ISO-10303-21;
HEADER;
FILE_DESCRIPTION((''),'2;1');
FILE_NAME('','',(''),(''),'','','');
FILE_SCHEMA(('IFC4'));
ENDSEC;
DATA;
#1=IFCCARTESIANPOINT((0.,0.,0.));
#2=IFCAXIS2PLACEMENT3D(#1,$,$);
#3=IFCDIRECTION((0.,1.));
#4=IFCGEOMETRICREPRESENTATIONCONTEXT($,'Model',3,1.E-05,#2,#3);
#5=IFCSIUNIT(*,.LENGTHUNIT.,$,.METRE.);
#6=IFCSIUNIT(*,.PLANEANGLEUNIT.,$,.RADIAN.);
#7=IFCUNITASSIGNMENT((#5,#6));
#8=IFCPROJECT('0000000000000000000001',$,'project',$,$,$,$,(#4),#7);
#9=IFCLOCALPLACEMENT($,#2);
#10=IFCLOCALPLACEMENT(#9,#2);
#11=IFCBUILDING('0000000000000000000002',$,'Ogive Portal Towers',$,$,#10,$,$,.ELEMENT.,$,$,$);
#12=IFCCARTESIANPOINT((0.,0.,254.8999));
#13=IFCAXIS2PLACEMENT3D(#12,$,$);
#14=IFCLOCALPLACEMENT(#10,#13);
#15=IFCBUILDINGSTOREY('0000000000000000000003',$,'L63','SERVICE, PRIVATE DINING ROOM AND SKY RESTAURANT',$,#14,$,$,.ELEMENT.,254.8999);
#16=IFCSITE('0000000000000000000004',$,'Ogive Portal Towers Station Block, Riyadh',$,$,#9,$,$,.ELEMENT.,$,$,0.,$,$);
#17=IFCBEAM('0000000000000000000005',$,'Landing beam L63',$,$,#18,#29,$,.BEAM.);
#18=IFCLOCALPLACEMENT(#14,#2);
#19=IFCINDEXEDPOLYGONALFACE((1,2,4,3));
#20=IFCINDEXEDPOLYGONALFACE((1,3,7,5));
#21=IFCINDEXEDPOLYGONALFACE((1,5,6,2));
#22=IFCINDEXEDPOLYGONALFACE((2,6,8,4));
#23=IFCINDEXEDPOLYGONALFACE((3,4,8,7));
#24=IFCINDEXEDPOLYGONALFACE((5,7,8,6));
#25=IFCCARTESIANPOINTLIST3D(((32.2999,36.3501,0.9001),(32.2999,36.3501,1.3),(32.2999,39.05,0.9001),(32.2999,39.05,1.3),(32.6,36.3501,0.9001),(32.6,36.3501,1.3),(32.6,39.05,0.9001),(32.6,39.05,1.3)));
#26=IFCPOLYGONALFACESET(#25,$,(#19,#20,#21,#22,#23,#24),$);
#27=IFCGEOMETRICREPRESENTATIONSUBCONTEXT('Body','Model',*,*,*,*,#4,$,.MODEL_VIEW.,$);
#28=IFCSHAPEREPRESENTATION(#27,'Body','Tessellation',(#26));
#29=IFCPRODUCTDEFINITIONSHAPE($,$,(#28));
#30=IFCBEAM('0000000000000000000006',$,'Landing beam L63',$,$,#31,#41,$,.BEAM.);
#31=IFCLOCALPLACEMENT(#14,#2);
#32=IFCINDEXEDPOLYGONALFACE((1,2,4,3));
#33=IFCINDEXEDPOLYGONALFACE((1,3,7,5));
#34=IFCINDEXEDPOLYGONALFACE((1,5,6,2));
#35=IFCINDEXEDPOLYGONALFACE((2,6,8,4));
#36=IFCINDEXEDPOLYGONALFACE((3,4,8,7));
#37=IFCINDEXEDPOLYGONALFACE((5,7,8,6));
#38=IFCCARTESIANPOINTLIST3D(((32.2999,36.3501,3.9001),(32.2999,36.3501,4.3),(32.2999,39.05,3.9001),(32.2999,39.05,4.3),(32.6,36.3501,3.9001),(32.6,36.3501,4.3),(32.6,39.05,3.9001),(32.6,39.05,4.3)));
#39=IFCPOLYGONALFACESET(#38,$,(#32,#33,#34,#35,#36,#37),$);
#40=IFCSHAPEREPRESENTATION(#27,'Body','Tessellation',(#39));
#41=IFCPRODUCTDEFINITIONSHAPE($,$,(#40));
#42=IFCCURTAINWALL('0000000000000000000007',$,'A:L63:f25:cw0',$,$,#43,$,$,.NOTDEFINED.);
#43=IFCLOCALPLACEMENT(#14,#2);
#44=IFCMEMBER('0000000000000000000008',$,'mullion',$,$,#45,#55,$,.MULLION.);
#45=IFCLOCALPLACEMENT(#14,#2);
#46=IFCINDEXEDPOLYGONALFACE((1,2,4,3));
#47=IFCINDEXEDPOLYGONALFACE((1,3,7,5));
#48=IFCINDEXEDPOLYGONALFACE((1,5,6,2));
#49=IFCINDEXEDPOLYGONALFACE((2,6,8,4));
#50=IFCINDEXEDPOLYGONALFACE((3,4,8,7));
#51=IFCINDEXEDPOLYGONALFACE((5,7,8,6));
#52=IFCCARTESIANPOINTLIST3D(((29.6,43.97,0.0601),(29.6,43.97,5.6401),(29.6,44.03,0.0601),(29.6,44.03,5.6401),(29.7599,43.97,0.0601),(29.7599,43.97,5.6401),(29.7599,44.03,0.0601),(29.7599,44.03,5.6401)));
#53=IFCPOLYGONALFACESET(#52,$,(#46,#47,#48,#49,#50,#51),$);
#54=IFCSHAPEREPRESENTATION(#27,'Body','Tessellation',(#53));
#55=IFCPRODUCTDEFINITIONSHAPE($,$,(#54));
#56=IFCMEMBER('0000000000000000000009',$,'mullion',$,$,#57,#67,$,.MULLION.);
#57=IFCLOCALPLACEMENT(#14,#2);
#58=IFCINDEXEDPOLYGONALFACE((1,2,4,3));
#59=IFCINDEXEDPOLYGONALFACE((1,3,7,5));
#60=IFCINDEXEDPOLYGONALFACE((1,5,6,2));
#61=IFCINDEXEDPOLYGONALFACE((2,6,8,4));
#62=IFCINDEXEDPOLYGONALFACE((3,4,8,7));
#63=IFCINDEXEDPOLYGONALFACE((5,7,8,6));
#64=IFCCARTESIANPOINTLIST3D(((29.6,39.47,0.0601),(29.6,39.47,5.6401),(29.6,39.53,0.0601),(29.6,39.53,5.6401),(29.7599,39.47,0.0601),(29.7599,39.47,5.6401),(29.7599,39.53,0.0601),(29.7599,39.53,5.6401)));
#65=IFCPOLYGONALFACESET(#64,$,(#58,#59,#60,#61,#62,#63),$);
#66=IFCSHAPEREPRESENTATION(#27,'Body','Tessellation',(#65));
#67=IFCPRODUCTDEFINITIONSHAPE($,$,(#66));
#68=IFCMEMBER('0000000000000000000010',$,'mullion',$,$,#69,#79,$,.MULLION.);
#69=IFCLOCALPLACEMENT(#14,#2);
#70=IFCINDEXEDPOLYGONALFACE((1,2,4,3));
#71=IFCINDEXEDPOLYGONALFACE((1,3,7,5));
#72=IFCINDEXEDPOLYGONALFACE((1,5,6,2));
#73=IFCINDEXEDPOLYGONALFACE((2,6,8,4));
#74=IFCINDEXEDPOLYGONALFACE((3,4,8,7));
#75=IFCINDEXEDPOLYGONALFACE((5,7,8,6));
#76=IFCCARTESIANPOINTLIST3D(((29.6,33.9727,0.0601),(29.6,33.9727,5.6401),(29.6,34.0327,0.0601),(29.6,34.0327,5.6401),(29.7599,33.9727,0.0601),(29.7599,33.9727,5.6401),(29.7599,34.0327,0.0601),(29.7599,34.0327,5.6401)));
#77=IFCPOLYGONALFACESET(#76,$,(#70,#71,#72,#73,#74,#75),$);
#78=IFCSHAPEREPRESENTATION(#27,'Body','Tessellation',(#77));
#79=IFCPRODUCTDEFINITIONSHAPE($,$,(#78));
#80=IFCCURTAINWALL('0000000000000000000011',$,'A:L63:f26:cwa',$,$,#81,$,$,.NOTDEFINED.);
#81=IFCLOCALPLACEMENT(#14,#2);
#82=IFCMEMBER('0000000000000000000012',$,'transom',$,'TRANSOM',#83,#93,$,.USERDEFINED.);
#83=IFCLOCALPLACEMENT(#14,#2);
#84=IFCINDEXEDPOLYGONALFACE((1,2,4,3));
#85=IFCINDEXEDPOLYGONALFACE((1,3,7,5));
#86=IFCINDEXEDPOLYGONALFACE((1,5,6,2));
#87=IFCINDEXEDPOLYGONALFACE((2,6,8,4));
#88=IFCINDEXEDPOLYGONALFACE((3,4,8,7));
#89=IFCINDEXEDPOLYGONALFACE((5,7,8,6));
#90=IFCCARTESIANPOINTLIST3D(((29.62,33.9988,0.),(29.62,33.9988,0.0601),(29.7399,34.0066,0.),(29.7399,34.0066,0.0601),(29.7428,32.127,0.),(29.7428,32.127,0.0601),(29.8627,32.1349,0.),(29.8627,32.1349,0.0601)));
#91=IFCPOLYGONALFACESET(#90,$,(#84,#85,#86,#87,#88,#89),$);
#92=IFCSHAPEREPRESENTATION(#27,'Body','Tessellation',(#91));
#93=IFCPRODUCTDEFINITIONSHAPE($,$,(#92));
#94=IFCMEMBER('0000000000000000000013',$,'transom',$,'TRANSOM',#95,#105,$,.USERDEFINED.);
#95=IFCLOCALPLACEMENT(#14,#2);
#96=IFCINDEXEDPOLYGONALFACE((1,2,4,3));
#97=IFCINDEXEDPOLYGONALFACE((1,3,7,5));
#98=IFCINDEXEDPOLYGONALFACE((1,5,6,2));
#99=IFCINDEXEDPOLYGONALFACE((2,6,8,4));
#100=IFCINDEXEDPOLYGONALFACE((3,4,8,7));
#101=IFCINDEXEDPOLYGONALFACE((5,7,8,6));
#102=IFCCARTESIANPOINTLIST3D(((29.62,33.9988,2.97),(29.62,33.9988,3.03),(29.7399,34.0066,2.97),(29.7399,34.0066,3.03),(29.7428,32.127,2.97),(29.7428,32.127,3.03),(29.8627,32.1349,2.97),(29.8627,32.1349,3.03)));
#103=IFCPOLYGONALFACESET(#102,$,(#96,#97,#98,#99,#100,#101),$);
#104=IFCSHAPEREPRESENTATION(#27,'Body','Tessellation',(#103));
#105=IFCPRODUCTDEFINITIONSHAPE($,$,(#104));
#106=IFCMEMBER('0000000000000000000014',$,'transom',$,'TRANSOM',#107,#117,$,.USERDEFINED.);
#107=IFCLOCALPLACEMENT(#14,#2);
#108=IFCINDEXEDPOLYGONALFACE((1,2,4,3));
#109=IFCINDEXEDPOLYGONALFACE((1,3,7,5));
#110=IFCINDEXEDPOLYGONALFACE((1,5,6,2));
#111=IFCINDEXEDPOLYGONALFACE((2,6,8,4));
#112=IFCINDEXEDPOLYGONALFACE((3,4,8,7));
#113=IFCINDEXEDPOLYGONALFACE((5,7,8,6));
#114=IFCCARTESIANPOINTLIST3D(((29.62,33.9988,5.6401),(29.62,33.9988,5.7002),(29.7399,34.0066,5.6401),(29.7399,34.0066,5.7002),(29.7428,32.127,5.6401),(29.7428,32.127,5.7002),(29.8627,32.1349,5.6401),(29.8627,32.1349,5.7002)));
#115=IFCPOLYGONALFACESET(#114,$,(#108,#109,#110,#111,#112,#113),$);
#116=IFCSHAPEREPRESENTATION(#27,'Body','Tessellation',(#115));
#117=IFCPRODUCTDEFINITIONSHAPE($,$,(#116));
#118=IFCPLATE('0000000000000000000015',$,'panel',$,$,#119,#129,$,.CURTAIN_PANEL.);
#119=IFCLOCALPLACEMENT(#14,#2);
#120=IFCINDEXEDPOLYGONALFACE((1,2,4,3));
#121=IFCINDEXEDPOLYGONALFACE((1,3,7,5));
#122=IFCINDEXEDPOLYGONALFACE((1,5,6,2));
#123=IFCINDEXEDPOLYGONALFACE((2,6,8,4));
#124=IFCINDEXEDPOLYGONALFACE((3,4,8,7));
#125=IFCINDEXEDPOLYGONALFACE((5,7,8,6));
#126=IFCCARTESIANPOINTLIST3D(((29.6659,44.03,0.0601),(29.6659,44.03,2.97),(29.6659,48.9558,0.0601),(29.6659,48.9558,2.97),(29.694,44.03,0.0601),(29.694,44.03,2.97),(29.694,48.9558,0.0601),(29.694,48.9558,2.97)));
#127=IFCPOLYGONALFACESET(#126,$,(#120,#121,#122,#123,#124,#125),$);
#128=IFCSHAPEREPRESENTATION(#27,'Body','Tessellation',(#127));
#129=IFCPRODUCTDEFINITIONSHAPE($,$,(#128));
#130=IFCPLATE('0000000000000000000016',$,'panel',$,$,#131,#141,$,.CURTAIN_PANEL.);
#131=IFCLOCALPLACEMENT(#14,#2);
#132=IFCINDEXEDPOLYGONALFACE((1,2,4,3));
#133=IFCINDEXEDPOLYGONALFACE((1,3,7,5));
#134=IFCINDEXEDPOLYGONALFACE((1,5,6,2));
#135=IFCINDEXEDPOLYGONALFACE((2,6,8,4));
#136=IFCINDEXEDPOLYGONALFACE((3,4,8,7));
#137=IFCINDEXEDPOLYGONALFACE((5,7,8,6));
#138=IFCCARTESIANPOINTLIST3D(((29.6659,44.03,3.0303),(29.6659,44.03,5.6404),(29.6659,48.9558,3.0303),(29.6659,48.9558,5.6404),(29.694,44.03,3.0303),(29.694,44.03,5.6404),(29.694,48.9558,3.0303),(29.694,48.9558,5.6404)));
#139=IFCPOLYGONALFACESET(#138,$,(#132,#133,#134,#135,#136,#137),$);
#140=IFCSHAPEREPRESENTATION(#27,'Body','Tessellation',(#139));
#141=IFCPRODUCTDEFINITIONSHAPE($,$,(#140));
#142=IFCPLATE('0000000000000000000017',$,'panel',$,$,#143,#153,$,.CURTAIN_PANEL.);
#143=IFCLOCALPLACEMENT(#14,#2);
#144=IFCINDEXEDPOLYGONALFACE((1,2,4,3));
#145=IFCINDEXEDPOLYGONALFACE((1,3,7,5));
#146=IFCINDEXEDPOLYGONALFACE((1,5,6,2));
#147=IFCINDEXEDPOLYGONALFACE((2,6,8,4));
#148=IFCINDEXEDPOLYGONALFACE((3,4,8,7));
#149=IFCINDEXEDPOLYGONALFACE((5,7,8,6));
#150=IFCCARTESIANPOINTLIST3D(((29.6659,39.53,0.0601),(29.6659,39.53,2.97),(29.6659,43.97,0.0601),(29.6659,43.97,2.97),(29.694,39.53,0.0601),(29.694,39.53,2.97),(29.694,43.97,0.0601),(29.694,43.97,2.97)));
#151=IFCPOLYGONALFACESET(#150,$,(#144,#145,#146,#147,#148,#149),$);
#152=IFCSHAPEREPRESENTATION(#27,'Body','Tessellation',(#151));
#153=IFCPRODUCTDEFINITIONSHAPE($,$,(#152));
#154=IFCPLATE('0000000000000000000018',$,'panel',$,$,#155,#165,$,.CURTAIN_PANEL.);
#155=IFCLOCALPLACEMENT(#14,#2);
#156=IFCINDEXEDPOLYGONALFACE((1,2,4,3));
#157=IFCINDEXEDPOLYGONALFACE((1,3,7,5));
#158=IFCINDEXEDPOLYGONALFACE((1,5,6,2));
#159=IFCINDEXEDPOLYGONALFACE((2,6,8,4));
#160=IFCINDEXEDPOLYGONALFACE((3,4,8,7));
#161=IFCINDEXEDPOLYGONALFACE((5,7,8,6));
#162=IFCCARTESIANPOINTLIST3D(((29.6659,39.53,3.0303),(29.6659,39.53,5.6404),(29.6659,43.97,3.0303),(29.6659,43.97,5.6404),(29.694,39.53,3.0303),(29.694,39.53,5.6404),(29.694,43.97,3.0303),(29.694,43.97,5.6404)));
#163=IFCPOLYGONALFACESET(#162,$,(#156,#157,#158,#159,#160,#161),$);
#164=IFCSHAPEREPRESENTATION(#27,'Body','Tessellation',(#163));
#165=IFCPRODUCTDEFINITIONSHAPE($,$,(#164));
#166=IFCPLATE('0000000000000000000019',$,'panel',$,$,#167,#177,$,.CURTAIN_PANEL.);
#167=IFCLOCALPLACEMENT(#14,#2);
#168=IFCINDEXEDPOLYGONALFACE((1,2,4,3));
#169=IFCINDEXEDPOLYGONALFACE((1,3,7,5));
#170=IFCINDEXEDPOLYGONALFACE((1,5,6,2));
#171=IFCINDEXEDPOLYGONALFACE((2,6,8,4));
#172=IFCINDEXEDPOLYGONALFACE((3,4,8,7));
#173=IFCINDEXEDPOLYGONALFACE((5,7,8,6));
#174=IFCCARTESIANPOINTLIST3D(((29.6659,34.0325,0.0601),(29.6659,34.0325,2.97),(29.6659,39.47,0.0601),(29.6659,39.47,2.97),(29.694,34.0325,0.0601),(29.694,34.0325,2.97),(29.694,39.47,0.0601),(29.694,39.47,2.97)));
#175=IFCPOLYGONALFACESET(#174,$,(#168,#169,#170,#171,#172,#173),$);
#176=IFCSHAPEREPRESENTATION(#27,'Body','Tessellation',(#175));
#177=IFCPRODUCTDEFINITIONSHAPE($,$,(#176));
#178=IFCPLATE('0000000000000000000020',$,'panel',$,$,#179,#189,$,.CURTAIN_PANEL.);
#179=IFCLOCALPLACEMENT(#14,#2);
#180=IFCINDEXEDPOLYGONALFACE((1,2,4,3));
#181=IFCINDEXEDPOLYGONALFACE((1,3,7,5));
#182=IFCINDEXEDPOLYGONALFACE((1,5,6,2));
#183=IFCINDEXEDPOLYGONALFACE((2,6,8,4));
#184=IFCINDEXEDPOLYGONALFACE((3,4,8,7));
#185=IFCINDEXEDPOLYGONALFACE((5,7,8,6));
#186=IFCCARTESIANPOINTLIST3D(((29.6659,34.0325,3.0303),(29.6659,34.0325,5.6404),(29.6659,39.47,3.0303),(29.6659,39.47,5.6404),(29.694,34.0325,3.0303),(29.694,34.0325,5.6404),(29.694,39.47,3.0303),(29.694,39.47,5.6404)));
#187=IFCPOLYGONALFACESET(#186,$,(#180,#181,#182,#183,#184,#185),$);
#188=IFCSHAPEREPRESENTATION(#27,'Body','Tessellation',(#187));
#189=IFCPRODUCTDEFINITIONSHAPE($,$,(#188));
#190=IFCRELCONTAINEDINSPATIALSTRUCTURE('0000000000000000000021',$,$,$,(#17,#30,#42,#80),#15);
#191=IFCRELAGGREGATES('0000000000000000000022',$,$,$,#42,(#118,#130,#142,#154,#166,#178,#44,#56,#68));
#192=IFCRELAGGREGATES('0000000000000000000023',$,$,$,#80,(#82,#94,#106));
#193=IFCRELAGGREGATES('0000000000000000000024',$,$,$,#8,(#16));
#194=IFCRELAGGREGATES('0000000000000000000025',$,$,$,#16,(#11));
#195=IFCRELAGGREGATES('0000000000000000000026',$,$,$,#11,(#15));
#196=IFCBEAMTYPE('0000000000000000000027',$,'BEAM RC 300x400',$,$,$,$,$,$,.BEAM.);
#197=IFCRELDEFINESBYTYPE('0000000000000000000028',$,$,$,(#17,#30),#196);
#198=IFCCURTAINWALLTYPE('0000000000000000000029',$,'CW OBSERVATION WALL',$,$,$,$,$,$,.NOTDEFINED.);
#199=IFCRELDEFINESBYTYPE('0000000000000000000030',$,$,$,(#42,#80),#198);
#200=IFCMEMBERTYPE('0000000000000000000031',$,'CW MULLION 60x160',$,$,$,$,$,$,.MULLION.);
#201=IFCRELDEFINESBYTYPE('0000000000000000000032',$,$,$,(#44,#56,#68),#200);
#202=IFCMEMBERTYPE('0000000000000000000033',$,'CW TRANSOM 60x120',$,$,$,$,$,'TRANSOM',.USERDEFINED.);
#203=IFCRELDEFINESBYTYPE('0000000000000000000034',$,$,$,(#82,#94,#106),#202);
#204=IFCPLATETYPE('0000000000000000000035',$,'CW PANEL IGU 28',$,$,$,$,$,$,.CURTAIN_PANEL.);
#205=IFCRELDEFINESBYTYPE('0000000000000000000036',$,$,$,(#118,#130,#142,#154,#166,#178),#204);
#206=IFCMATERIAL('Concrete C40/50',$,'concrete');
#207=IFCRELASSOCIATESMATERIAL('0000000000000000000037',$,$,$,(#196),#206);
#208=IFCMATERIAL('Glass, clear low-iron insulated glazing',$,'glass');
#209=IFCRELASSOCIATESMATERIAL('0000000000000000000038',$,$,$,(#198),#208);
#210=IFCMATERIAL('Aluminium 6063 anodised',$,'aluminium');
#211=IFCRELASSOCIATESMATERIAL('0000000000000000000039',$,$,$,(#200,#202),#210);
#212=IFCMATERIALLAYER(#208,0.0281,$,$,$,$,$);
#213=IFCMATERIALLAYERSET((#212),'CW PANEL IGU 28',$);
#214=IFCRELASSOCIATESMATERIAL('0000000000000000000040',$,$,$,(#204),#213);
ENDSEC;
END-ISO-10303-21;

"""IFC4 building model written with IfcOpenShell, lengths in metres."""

from ifc_helpers import new_model, si_unit, direction, frame, origin, origin_2d, place, context, subcontext, project, spatial, rectangle, extrude, material, layer, layer_set, material_profile, profile_set, type_object, element, aggregate, save


model = new_model("IFC4")

# Units and contexts
model_context = context("Model", 3, precision=1e-05, world=origin(), true_north=direction((0.0, 1.0)))
body_context = subcontext(model_context, "Body", "Model", "MODEL_VIEW")
ifc_project = project(units=[si_unit("LENGTHUNIT", "METRE"), si_unit("PLANEANGLEUNIT", "RADIAN")], contexts=[model_context])

# Site, building, storey
site_placement = place(None, origin())
site = spatial("IfcSite", under=ifc_project, at=site_placement, Name="Ogive Portal Towers Station Block, Riyadh", CompositionType="ELEMENT", RefElevation=0.0)
building_placement = place(site_placement, origin())
building = spatial("IfcBuilding", under=site, at=building_placement, Name="Ogive Portal Towers", CompositionType="ELEMENT")
storey_placement = place(building_placement, frame((0.0, 0.0, 254.8999)))
storey = spatial("IfcBuildingStorey", under=building, at=storey_placement, Name="L63", Description="SERVICE, PRIVATE DINING ROOM AND SKY RESTAURANT", CompositionType="ELEMENT", Elevation=254.8999)

# Beams
ifc_material_1 = material(Name="Concrete C40/50", Category="concrete")
ifc_material_profile_1 = material_profile(ifc_material_1, rectangle(XDim=0.3, YDim=0.3999, at=origin_2d()), Name="RC 300x400")
ifc_profile_set_1 = profile_set([ifc_material_profile_1], Name="Concrete C40/50")
beam_type = type_object("IfcBeamType", Name="BEAM RC 300x400", PredefinedType="BEAM", material=ifc_profile_set_1)
for number, where, z_axis, x_axis, name in (
    (1, (32.45, 36.3501, 1.1001), (0.0, 1.0, 0.0), (-1.0, 0.0, 0.0), "Landing beam L63"),
    (2, (32.45, 36.3501, 4.1001), (0.0, 1.0, 0.0), (-1.0, 0.0, 0.0), "Landing beam L63"),
):
    element("IfcBeam", number, at=place(storey_placement, frame(where, z_axis=z_axis, x_axis=x_axis)), inside=storey, type_object=beam_type, Name=name, PredefinedType="BEAM", context=body_context, shape_type="SweptSolid", body=[
        extrude(rectangle(XDim=0.3, YDim=0.3999, at=origin_2d()), origin(), (0.0, 0.0, 1.0), 2.7),
    ])

# Curtain walls, members
ifc_material_2 = material(Name="Glass, clear low-iron insulated glazing", Category="glass")
curtain_wall_type = type_object("IfcCurtainWallType", Name="CW OBSERVATION WALL", PredefinedType="NOTDEFINED", material=ifc_material_2)
curtain_wall_1_placement = place(storey_placement, origin())
curtain_wall_1 = element("IfcCurtainWall", 3, at=curtain_wall_1_placement, inside=storey, type_object=curtain_wall_type, Name="A:L63:f25:cw0", PredefinedType="NOTDEFINED")
ifc_material_3 = material(Name="Aluminium 6063 anodised", Category="aluminium")
ifc_material_profile_2 = material_profile(ifc_material_3, rectangle(XDim=0.1599, YDim=0.0601, at=origin_2d()), Name="AL 60x160")
ifc_profile_set_2 = profile_set([ifc_material_profile_2], Name="Aluminium 6063 anodised")
member_type_1 = type_object("IfcMemberType", Name="CW MULLION 60x160", PredefinedType="MULLION", material=ifc_profile_set_2)
member_1_placement = place(storey_placement, frame((29.6799, 44.0, 0.0601), z_axis=(0.0, 0.0, 1.0), x_axis=(1.0, 0.0, 0.0)))
member_1 = element("IfcMember", 4, at=member_1_placement, type_object=member_type_1, Name="mullion", PredefinedType="MULLION", context=body_context, shape_type="SweptSolid", body=[
    extrude(rectangle(XDim=0.1599, YDim=0.0601, at=origin_2d()), origin(), (0.0, 0.0, 1.0), 5.5801),
])
member_2_placement = place(storey_placement, frame((29.6799, 39.5, 0.0601), z_axis=(0.0, 0.0, 1.0), x_axis=(1.0, 0.0, 0.0)))
member_2 = element("IfcMember", 5, at=member_2_placement, type_object=member_type_1, Name="mullion", PredefinedType="MULLION", context=body_context, shape_type="SweptSolid", body=[
    extrude(rectangle(XDim=0.1599, YDim=0.0601, at=origin_2d()), origin(), (0.0, 0.0, 1.0), 5.5801),
])
member_3_placement = place(storey_placement, frame((29.6799, 34.0027, 0.0601), z_axis=(0.0, 0.0, 1.0), x_axis=(1.0, 0.0, 0.0)))
member_3 = element("IfcMember", 6, at=member_3_placement, type_object=member_type_1, Name="mullion", PredefinedType="MULLION", context=body_context, shape_type="SweptSolid", body=[
    extrude(rectangle(XDim=0.1599, YDim=0.0601, at=origin_2d()), origin(), (0.0, 0.0, 1.0), 5.5801),
])
curtain_wall_2_placement = place(storey_placement, origin())
curtain_wall_2 = element("IfcCurtainWall", 7, at=curtain_wall_2_placement, inside=storey, type_object=curtain_wall_type, Name="A:L63:f26:cwa", PredefinedType="NOTDEFINED")
ifc_material_profile_3 = material_profile(ifc_material_3, rectangle(XDim=0.1201, YDim=0.0601, at=origin_2d()), Name="AL 120x60")
ifc_profile_set_3 = profile_set([ifc_material_profile_3], Name="Aluminium 6063 anodised")
member_type_2 = type_object("IfcMemberType", Name="CW TRANSOM 60x120", ElementType="TRANSOM", PredefinedType="USERDEFINED", material=ifc_profile_set_3)
member_4_placement = place(storey_placement, frame((29.6799, 34.0027, 0.03), z_axis=(0.065465, -0.997855, 0.0), x_axis=(0.997855, 0.065465, 0.0)))
member_4 = element("IfcMember", 8, at=member_4_placement, type_object=member_type_2, Name="transom", ObjectType="TRANSOM", PredefinedType="USERDEFINED", context=body_context, shape_type="SweptSolid", body=[
    extrude(rectangle(XDim=0.1201, YDim=0.0601, at=origin_2d()), origin(), (0.0, 0.0, 1.0), 1.8757),
])
member_5_placement = place(storey_placement, frame((29.6799, 34.0027, 3.0), z_axis=(0.065465, -0.997855, 0.0), x_axis=(0.997855, 0.065465, 0.0)))
member_5 = element("IfcMember", 9, at=member_5_placement, type_object=member_type_2, Name="transom", ObjectType="TRANSOM", PredefinedType="USERDEFINED", context=body_context, shape_type="SweptSolid", body=[
    extrude(rectangle(XDim=0.1201, YDim=0.0601, at=origin_2d()), origin(), (0.0, 0.0, 1.0), 1.8757),
])
member_6_placement = place(storey_placement, frame((29.6799, 34.0027, 5.6702), z_axis=(0.065465, -0.997855, 0.0), x_axis=(0.997855, 0.065465, 0.0)))
member_6 = element("IfcMember", 10, at=member_6_placement, type_object=member_type_2, Name="transom", ObjectType="TRANSOM", PredefinedType="USERDEFINED", context=body_context, shape_type="SweptSolid", body=[
    extrude(rectangle(XDim=0.1201, YDim=0.0601, at=origin_2d()), origin(), (0.0, 0.0, 1.0), 1.8757),
])

# Plates
ifc_layer_1 = layer(ifc_material_2, 0.0281)
ifc_layer_set_1 = layer_set([ifc_layer_1], Name="CW PANEL IGU 28")
plate_type = type_object("IfcPlateType", Name="CW PANEL IGU 28", PredefinedType="CURTAIN_PANEL", material=ifc_layer_set_1)
plate_1_placement = place(storey_placement, frame((29.6799, 46.4929, 0.0601), z_axis=(0.0, 0.0, 1.0), x_axis=(0.0, -1.0, 0.0)))
plate_1 = element("IfcPlate", 11, at=plate_1_placement, type_object=plate_type, Name="panel", PredefinedType="CURTAIN_PANEL", context=body_context, shape_type="SweptSolid", body=[
    extrude(rectangle(XDim=4.9258, YDim=0.0281, at=origin_2d()), origin(), (0.0, 0.0, 1.0), 2.9099),
])
plate_2_placement = place(storey_placement, frame((29.6799, 46.4929, 3.0303), z_axis=(0.0, 0.0, 1.0), x_axis=(0.0, -1.0, 0.0)))
plate_2 = element("IfcPlate", 12, at=plate_2_placement, type_object=plate_type, Name="panel", PredefinedType="CURTAIN_PANEL", context=body_context, shape_type="SweptSolid", body=[
    extrude(rectangle(XDim=4.9258, YDim=0.0281, at=origin_2d()), origin(), (0.0, 0.0, 1.0), 2.6101),
])
plate_3_placement = place(storey_placement, frame((29.6799, 41.75, 0.0601), z_axis=(0.0, 0.0, 1.0), x_axis=(0.0, -1.0, 0.0)))
plate_3 = element("IfcPlate", 13, at=plate_3_placement, type_object=plate_type, Name="panel", PredefinedType="CURTAIN_PANEL", context=body_context, shape_type="SweptSolid", body=[
    extrude(rectangle(XDim=4.4399, YDim=0.0281, at=origin_2d()), origin(), (0.0, 0.0, 1.0), 2.9099),
])
plate_4_placement = place(storey_placement, frame((29.6799, 41.75, 3.0303), z_axis=(0.0, 0.0, 1.0), x_axis=(0.0, -1.0, 0.0)))
plate_4 = element("IfcPlate", 14, at=plate_4_placement, type_object=plate_type, Name="panel", PredefinedType="CURTAIN_PANEL", context=body_context, shape_type="SweptSolid", body=[
    extrude(rectangle(XDim=4.4399, YDim=0.0281, at=origin_2d()), origin(), (0.0, 0.0, 1.0), 2.6101),
])
plate_5_placement = place(storey_placement, frame((29.6799, 36.7512, 0.0601), z_axis=(0.0, 0.0, 1.0), x_axis=(0.0, -1.0, 0.0)))
plate_5 = element("IfcPlate", 15, at=plate_5_placement, type_object=plate_type, Name="panel", PredefinedType="CURTAIN_PANEL", context=body_context, shape_type="SweptSolid", body=[
    extrude(rectangle(XDim=5.4375, YDim=0.0281, at=origin_2d()), origin(), (0.0, 0.0, 1.0), 2.9099),
])
plate_6_placement = place(storey_placement, frame((29.6799, 36.7512, 3.0303), z_axis=(0.0, 0.0, 1.0), x_axis=(0.0, -1.0, 0.0)))
plate_6 = element("IfcPlate", 16, at=plate_6_placement, type_object=plate_type, Name="panel", PredefinedType="CURTAIN_PANEL", context=body_context, shape_type="SweptSolid", body=[
    extrude(rectangle(XDim=5.4375, YDim=0.0281, at=origin_2d()), origin(), (0.0, 0.0, 1.0), 2.6101),
])
aggregate(curtain_wall_1, [plate_1, plate_2, plate_3, plate_4, plate_5, plate_6, member_1, member_2, member_3])
aggregate(curtain_wall_2, [member_4, member_5, member_6])

save(model, "model.ifc")
